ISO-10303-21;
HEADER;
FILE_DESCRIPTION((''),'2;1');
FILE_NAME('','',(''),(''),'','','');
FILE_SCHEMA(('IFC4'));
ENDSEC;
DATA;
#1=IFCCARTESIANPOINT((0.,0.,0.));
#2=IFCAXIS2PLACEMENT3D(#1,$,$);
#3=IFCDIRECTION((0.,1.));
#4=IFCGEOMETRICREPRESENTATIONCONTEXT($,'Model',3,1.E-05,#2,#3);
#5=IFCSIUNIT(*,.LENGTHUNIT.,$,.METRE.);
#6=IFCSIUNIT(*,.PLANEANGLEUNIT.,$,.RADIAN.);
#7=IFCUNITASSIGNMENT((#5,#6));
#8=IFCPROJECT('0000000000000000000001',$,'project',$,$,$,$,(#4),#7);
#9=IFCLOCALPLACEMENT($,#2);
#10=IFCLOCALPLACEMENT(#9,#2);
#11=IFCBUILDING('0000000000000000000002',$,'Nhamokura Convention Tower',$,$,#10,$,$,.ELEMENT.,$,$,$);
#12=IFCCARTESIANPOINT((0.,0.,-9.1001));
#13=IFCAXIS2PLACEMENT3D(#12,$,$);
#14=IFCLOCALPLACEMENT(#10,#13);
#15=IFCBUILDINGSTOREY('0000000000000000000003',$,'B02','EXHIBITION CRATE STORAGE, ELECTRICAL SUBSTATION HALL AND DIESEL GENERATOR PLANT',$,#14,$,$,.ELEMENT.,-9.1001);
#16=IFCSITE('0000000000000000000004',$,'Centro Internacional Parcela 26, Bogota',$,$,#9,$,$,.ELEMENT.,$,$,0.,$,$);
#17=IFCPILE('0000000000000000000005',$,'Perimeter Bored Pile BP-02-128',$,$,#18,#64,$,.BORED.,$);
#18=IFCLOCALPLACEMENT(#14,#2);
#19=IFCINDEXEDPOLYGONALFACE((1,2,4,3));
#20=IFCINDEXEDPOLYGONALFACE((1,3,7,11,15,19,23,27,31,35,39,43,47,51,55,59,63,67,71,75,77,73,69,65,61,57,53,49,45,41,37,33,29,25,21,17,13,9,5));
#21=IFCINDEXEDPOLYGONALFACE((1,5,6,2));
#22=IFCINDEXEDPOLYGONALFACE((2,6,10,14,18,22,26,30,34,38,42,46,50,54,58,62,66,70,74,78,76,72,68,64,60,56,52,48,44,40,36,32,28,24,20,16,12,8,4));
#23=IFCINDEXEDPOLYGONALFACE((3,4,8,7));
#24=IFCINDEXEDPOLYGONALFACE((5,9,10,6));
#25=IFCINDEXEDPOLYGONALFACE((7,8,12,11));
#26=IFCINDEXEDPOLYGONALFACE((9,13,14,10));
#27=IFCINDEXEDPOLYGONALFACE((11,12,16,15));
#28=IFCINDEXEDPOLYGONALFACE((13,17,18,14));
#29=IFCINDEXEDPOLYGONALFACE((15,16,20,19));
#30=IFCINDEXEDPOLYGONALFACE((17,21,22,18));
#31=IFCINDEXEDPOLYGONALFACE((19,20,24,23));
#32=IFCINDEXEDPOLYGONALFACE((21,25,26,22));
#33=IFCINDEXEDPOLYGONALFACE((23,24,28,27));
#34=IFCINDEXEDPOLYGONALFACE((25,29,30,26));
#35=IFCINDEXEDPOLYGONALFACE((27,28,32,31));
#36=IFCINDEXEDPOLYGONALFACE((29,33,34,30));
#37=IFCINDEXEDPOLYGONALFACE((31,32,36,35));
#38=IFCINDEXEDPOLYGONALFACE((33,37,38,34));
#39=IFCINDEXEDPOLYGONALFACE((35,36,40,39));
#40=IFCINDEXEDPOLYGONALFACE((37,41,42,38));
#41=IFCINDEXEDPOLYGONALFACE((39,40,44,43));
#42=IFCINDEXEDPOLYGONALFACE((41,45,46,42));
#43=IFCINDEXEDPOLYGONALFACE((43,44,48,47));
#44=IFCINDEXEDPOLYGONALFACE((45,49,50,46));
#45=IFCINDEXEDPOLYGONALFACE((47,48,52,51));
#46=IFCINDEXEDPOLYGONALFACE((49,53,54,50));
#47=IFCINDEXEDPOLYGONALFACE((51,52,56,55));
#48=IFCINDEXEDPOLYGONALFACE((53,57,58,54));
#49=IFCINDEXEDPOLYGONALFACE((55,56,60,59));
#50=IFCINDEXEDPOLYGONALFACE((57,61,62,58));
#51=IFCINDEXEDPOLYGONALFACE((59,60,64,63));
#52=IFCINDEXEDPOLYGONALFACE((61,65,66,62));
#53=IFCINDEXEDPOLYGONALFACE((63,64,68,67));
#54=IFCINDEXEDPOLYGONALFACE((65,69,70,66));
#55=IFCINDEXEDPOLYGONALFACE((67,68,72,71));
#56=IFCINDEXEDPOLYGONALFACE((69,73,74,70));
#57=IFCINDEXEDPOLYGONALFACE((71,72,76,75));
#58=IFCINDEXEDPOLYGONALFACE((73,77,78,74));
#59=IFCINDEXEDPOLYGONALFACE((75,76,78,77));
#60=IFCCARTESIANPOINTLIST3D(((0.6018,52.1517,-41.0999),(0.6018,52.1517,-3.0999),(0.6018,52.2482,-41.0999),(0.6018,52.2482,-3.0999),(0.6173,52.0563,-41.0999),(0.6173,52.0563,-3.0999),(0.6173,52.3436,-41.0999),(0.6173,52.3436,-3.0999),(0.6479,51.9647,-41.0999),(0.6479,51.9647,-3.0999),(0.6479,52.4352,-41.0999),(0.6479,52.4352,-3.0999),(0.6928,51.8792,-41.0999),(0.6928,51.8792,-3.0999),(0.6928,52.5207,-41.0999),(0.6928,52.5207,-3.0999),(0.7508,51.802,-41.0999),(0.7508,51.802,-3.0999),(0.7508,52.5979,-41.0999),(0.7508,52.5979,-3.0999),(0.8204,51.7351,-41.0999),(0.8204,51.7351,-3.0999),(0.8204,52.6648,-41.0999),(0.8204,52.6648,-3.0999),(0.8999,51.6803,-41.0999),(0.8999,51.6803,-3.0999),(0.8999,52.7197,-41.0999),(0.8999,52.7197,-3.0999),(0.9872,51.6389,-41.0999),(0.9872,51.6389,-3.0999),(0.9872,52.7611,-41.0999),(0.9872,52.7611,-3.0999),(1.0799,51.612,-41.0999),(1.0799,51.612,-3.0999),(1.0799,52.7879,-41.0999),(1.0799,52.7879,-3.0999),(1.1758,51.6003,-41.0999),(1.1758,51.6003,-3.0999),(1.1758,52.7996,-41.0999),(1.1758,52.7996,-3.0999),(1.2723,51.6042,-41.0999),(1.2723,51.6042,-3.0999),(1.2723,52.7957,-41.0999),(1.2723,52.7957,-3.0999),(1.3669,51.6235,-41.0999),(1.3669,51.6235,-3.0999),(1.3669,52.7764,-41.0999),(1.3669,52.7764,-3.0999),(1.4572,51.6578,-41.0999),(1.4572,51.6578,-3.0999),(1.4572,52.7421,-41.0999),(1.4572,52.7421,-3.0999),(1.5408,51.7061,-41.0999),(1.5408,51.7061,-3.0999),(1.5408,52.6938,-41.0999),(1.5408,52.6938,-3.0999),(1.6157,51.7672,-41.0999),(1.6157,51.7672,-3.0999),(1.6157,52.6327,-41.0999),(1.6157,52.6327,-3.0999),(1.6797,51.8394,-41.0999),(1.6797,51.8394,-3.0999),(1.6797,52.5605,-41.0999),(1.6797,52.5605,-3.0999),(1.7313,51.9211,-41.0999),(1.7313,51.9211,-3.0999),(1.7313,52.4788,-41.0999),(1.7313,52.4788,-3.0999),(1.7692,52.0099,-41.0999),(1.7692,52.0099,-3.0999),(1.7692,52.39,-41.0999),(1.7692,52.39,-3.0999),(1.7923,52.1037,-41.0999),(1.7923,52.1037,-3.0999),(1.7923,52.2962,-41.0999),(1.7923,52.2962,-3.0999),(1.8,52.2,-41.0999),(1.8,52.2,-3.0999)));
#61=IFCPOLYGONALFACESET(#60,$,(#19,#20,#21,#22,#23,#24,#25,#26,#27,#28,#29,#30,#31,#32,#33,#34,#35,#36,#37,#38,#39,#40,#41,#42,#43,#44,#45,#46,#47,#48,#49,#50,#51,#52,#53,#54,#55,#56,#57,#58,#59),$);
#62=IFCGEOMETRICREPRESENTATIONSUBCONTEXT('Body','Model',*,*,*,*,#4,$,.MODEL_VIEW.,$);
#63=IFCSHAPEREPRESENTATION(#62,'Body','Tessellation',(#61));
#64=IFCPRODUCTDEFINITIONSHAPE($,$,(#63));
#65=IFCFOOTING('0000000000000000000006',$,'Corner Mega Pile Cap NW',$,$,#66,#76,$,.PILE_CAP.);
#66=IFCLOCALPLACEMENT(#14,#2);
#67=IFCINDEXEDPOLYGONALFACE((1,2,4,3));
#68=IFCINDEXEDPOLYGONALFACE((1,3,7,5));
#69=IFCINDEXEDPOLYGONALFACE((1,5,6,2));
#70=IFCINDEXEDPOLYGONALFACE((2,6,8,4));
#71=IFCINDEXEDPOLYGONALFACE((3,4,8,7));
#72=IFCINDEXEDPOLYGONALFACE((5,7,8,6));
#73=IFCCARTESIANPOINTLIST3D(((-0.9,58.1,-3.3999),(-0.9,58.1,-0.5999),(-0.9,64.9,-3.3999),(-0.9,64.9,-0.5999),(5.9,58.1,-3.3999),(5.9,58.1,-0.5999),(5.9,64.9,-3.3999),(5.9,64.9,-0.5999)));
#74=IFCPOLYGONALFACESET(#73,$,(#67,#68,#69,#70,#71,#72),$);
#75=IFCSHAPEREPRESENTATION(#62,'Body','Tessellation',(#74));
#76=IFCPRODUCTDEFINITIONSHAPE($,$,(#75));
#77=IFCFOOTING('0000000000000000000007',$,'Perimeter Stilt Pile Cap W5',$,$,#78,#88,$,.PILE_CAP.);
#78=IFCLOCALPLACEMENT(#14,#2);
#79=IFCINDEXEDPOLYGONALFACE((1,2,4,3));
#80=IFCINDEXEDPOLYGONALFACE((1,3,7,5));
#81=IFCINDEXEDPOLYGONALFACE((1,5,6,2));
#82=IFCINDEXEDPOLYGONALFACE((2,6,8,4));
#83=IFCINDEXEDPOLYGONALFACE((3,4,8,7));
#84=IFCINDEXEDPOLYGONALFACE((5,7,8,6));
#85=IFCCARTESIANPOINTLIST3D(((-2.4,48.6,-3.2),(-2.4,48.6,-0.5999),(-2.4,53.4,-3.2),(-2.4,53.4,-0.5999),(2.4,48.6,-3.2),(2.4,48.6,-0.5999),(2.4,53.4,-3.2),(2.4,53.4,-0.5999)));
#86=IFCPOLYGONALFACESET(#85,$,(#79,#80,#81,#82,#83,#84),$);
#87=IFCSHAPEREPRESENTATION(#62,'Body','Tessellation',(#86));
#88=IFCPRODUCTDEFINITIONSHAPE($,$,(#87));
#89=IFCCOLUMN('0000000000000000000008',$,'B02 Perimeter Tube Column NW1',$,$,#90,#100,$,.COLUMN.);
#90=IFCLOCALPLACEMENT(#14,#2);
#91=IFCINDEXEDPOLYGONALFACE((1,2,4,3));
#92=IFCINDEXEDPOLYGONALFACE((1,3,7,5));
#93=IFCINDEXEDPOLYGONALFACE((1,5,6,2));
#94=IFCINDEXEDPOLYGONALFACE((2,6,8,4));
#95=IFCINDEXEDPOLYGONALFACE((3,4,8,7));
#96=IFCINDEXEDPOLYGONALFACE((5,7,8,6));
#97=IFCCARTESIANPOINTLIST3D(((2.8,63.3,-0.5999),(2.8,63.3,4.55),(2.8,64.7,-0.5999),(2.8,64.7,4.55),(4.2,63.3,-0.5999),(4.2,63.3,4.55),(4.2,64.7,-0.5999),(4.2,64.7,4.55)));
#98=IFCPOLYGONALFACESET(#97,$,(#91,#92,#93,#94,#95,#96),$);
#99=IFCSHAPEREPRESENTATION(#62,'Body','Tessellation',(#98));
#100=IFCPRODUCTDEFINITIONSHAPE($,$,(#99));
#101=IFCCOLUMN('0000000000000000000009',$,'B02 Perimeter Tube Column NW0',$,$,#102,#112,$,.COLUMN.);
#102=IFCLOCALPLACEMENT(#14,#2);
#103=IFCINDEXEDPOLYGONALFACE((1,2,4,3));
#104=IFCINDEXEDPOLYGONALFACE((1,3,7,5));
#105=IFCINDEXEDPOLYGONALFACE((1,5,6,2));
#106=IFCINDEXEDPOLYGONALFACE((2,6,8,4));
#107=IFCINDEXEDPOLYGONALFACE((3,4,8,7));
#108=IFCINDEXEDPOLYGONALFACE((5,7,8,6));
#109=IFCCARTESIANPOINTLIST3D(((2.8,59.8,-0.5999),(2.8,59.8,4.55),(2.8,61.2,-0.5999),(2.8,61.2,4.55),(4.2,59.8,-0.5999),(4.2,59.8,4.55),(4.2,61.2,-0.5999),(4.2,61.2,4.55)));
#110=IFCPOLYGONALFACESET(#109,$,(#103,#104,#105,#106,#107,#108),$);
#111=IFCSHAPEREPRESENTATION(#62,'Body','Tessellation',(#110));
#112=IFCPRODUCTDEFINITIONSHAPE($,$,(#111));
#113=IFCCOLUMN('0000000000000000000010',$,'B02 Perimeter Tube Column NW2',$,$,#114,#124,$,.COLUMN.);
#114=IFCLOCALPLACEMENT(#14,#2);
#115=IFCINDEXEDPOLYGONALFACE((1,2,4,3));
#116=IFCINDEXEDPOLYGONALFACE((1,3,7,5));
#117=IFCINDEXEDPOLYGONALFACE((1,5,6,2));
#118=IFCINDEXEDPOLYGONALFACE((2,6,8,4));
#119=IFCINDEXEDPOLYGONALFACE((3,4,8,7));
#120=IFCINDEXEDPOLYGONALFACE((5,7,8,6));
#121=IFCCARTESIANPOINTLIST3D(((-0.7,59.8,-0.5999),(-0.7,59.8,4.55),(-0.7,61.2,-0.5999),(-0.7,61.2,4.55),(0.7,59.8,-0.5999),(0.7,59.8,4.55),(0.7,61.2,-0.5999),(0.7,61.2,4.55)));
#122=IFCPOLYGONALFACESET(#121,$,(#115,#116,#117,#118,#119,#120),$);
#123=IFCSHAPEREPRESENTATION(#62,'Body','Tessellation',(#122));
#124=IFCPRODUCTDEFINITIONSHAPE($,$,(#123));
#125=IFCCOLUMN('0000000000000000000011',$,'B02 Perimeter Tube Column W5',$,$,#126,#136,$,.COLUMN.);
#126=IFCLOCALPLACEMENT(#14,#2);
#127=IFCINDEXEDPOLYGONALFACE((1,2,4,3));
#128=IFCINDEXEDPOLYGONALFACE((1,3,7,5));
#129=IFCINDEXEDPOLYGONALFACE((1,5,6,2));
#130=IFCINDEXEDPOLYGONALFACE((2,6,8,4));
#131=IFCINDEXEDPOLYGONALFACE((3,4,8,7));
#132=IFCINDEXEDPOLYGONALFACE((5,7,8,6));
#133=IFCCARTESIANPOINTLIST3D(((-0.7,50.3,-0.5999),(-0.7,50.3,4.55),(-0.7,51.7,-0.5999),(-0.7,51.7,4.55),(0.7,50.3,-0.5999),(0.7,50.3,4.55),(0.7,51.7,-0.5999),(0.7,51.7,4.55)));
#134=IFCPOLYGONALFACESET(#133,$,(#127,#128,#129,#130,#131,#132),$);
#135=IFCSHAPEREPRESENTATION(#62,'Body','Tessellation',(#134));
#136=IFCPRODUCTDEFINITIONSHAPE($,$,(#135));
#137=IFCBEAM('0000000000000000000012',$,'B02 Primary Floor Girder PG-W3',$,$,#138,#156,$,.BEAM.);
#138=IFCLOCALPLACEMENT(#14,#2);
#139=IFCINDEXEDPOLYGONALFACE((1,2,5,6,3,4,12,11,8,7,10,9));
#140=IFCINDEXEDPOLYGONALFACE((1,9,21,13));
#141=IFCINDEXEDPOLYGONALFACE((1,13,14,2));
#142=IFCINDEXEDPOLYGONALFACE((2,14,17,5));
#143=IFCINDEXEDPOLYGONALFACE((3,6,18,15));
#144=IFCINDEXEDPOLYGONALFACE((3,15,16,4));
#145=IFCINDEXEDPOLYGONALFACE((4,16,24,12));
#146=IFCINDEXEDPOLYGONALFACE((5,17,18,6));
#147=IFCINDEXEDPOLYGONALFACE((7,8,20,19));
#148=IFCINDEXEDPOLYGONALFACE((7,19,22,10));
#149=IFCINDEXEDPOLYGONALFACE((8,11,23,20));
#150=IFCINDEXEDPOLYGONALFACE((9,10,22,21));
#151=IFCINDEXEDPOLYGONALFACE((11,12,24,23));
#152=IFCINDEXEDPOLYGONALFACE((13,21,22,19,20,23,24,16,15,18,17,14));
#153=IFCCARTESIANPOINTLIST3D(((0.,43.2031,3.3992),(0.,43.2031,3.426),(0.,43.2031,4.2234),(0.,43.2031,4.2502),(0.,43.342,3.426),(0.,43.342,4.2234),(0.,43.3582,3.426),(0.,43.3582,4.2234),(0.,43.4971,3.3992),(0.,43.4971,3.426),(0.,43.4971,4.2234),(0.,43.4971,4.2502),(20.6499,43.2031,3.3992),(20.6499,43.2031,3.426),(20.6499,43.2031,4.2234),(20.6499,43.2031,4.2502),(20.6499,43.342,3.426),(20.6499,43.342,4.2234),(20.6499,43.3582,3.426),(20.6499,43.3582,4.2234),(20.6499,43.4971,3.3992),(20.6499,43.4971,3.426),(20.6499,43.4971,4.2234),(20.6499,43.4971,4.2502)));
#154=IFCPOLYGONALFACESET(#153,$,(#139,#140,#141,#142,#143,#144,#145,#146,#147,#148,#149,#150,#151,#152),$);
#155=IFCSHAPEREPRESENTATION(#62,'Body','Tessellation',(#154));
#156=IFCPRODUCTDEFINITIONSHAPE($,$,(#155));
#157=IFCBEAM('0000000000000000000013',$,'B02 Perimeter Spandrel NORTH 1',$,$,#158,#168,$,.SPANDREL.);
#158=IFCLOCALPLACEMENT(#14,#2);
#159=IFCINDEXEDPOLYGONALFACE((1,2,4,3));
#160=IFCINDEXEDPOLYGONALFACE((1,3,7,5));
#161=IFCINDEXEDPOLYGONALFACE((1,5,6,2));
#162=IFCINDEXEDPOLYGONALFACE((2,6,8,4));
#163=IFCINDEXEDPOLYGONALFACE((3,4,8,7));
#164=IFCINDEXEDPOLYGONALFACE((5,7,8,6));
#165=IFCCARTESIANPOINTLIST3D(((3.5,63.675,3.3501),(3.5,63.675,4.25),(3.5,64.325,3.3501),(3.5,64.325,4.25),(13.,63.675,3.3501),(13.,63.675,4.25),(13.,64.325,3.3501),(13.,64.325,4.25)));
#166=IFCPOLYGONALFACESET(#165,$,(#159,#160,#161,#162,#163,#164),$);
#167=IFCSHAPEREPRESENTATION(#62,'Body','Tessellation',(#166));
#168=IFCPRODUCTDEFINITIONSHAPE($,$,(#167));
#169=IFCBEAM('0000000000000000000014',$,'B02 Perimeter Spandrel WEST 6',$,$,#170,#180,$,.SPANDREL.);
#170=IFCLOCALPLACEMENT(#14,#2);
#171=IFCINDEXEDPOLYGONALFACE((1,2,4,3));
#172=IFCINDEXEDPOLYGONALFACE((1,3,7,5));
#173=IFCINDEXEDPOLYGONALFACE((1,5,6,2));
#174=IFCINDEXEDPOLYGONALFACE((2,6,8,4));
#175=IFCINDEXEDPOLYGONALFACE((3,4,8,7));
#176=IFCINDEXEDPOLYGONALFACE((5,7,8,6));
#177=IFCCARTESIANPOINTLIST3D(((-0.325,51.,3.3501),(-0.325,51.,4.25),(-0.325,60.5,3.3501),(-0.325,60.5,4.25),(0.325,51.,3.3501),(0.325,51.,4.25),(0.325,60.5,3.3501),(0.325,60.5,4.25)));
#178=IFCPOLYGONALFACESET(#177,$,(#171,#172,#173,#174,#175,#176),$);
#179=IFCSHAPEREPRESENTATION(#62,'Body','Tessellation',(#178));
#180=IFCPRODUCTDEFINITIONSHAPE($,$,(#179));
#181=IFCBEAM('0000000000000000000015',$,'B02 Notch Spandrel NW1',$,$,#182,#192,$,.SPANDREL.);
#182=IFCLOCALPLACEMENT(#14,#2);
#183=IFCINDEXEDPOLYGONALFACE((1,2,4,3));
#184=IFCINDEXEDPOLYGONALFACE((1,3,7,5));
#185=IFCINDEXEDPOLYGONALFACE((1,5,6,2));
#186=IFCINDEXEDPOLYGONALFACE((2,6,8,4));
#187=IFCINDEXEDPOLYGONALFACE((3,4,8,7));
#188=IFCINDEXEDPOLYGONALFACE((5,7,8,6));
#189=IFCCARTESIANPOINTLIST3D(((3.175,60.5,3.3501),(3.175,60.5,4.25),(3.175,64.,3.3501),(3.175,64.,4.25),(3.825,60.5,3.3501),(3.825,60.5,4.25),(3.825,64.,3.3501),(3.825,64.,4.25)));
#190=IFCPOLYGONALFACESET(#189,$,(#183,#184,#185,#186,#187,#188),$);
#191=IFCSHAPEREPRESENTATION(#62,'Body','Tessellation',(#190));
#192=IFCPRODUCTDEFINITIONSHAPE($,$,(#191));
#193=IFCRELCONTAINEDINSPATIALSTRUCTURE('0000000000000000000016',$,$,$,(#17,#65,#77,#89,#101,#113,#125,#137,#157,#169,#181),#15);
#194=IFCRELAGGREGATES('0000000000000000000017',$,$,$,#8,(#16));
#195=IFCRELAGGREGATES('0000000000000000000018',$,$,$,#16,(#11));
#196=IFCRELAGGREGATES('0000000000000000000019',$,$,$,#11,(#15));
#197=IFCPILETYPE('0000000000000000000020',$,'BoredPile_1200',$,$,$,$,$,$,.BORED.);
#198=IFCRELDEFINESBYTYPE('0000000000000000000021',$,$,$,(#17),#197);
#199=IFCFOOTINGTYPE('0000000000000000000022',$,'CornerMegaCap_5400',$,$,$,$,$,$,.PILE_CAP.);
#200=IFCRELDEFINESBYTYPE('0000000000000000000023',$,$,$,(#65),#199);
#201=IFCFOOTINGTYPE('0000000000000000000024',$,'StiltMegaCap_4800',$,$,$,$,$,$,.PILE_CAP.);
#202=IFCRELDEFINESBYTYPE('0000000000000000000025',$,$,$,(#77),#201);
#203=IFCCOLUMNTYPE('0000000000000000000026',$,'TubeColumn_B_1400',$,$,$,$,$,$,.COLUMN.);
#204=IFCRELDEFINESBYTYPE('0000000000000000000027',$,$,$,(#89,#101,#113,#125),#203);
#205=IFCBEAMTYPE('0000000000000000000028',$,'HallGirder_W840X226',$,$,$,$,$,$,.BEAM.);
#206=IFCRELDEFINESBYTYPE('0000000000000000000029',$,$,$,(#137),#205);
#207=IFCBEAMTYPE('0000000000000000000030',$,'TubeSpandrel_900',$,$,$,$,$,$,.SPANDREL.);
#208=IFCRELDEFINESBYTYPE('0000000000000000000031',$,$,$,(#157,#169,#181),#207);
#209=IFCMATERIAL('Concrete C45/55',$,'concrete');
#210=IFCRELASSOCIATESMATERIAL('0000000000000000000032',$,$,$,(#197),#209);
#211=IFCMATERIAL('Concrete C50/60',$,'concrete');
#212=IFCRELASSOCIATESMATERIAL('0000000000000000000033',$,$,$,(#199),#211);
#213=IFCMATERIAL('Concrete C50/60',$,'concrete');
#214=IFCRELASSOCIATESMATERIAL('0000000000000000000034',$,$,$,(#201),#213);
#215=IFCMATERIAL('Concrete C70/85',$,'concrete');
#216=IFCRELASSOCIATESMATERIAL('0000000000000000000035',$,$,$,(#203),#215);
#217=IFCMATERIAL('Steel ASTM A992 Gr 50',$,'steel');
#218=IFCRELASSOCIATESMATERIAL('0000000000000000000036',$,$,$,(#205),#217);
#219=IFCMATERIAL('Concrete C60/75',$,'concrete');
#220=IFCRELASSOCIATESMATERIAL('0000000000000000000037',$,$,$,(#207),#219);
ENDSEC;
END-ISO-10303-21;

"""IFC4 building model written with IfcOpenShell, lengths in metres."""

from ifc_helpers import new_model, si_unit, direction, frame, origin, origin_2d, place, context, subcontext, project, spatial, rectangle, circle, i_section, extrude, material, material_profile, profile_set, type_object, element, save


model = new_model("IFC4")

# Units and contexts
model_context = context("Model", 3, precision=1e-05, world=origin(), true_north=direction((0.0, 1.0)))
body_context = subcontext(model_context, "Body", "Model", "MODEL_VIEW")
ifc_project = project(units=[si_unit("LENGTHUNIT", "METRE"), si_unit("PLANEANGLEUNIT", "RADIAN")], contexts=[model_context])

# Site, building, storey
site_placement = place(None, origin())
site = spatial("IfcSite", under=ifc_project, at=site_placement, Name="Centro Internacional Parcela 26, Bogota", CompositionType="ELEMENT", RefElevation=0.0)
building_placement = place(site_placement, origin())
building = spatial("IfcBuilding", under=site, at=building_placement, Name="Nhamokura Convention Tower", CompositionType="ELEMENT")
storey_placement = place(building_placement, frame((0.0, 0.0, -9.1001)))
storey = spatial("IfcBuildingStorey", under=building, at=storey_placement, Name="B02", Description="EXHIBITION CRATE STORAGE, ELECTRICAL SUBSTATION HALL AND DIESEL GENERATOR PLANT", CompositionType="ELEMENT", Elevation=-9.1001)

# Pile
ifc_material_1 = material(Name="Concrete C45/55", Category="concrete")
ifc_material_profile_1 = material_profile(ifc_material_1, circle(Radius=0.6001, at=origin_2d()))
ifc_profile_set_1 = profile_set([ifc_material_profile_1], Name="Concrete C45/55")
pile_type = type_object("IfcPileType", Name="BoredPile_1200", PredefinedType="BORED", material=ifc_profile_set_1)
for number, where, z_axis, x_axis, name in (
    (1, (1.2, 52.2, -3.0999), (0.0, 0.0, -1.0), (1.0, 0.0, 0.0), "Perimeter Bored Pile BP-02-128"),
):
    element("IfcPile", number, at=place(storey_placement, frame(where, z_axis=z_axis, x_axis=x_axis)), inside=storey, type_object=pile_type, Name=name, PredefinedType="BORED", context=body_context, shape_type="SweptSolid", body=[
        extrude(circle(Radius=0.6001, at=origin_2d()), origin(), (0.0, 0.0, 1.0), 38.0),
    ])

# Footings
ifc_material_2 = material(Name="Concrete C50/60", Category="concrete")
footing_type_1 = type_object("IfcFootingType", Name="CornerMegaCap_5400", PredefinedType="PILE_CAP", material=ifc_material_2)
footing_1_placement = place(storey_placement, frame((2.5, 61.5, -3.3999), z_axis=(0.0, 0.0, 1.0), x_axis=(1.0, 0.0, 0.0)))
element("IfcFooting", 2, at=footing_1_placement, inside=storey, type_object=footing_type_1, Name="Corner Mega Pile Cap NW", PredefinedType="PILE_CAP", context=body_context, shape_type="SweptSolid", body=[
    extrude(rectangle(XDim=6.8, YDim=6.8, at=origin_2d()), origin(), (0.0, 0.0, 1.0), 2.8),
])
ifc_material_3 = material(Name="Concrete C50/60", Category="concrete")
footing_type_2 = type_object("IfcFootingType", Name="StiltMegaCap_4800", PredefinedType="PILE_CAP", material=ifc_material_3)
footing_2_placement = place(storey_placement, frame((0.0, 51.0, -3.2), z_axis=(0.0, 0.0, 1.0), x_axis=(1.0, 0.0, 0.0)))
element("IfcFooting", 3, at=footing_2_placement, inside=storey, type_object=footing_type_2, Name="Perimeter Stilt Pile Cap W5", PredefinedType="PILE_CAP", context=body_context, shape_type="SweptSolid", body=[
    extrude(rectangle(XDim=4.8, YDim=4.8, at=origin_2d()), origin(), (0.0, 0.0, 1.0), 2.6001),
])

# Columns
ifc_material_4 = material(Name="Concrete C70/85", Category="concrete")
ifc_material_profile_2 = material_profile(ifc_material_4, rectangle(XDim=1.3999, YDim=1.3999, at=origin_2d()))
ifc_profile_set_2 = profile_set([ifc_material_profile_2], Name="Concrete C70/85")
column_type = type_object("IfcColumnType", Name="TubeColumn_B_1400", PredefinedType="COLUMN", material=ifc_profile_set_2)
for number, where, z_axis, x_axis, name in (
    (4, (3.5, 64.0, -0.5999), (0.0, 0.0, 1.0), (1.0, 0.0, 0.0), "B02 Perimeter Tube Column NW1"),
    (5, (3.5, 60.5, -0.5999), (0.0, 0.0, 1.0), (1.0, 0.0, 0.0), "B02 Perimeter Tube Column NW0"),
    (6, (0.0, 60.5, -0.5999), (0.0, 0.0, 1.0), (1.0, 0.0, 0.0), "B02 Perimeter Tube Column NW2"),
    (7, (0.0, 51.0, -0.5999), (0.0, 0.0, 1.0), (1.0, 0.0, 0.0), "B02 Perimeter Tube Column W5"),
):
    element("IfcColumn", number, at=place(storey_placement, frame(where, z_axis=z_axis, x_axis=x_axis)), inside=storey, type_object=column_type, Name=name, PredefinedType="COLUMN", context=body_context, shape_type="SweptSolid", body=[
        extrude(rectangle(XDim=1.3999, YDim=1.3999, at=origin_2d()), origin(), (0.0, 0.0, 1.0), 5.1499),
    ])

# Beams
ifc_material_5 = material(Name="Steel ASTM A992 Gr 50", Category="steel")
ifc_material_profile_3 = material_profile(ifc_material_5, i_section(OverallWidth=0.2939, OverallDepth=0.8511, WebThickness=0.0161, FlangeThickness=0.0269, at=origin_2d()))
ifc_profile_set_3 = profile_set([ifc_material_profile_3], Name="Steel ASTM A992 Gr 50")
beam_type_1 = type_object("IfcBeamType", Name="HallGirder_W840X226", PredefinedType="BEAM", material=ifc_profile_set_3)
beam_placement = place(storey_placement, frame((0.0, 43.3501, 3.8247), z_axis=(1.0, 0.0, 0.0), x_axis=(0.0, 1.0, 0.0)))
element("IfcBeam", 8, at=beam_placement, inside=storey, type_object=beam_type_1, Name="B02 Primary Floor Girder PG-W3", PredefinedType="BEAM", context=body_context, shape_type="SweptSolid", body=[
    extrude(i_section(OverallWidth=0.2939, OverallDepth=0.8511, WebThickness=0.0161, FlangeThickness=0.0269, at=origin_2d()), origin(), (0.0, 0.0, 1.0), 20.6499),
])
ifc_material_6 = material(Name="Concrete C60/75", Category="concrete")
ifc_material_profile_4 = material_profile(ifc_material_6, rectangle(XDim=0.6499, YDim=0.8999, at=origin_2d()))
ifc_profile_set_4 = profile_set([ifc_material_profile_4], Name="Concrete C60/75")
beam_type_2 = type_object("IfcBeamType", Name="TubeSpandrel_900", PredefinedType="SPANDREL", material=ifc_profile_set_4)
for number, where, z_axis, x_axis, name in (
    (9, (3.5, 64.0, 3.8), (1.0, 0.0, 0.0), (0.0, 1.0, 0.0), "B02 Perimeter Spandrel NORTH 1"),
    (10, (0.0, 51.0, 3.8), (0.0, 1.0, 0.0), (-1.0, 0.0, 0.0), "B02 Perimeter Spandrel WEST 6"),
):
    element("IfcBeam", number, at=place(storey_placement, frame(where, z_axis=z_axis, x_axis=x_axis)), inside=storey, type_object=beam_type_2, Name=name, PredefinedType="SPANDREL", context=body_context, shape_type="SweptSolid", body=[
        extrude(rectangle(XDim=0.6499, YDim=0.8999, at=origin_2d()), origin(), (0.0, 0.0, 1.0), 9.5),
    ])
for number, where, z_axis, x_axis, name in (
    (11, (3.5, 64.0, 3.8), (0.0, -1.0, 0.0), (1.0, 0.0, 0.0), "B02 Notch Spandrel NW1"),
):
    element("IfcBeam", number, at=place(storey_placement, frame(where, z_axis=z_axis, x_axis=x_axis)), inside=storey, type_object=beam_type_2, Name=name, PredefinedType="SPANDREL", context=body_context, shape_type="SweptSolid", body=[
        extrude(rectangle(XDim=0.6499, YDim=0.8999, at=origin_2d()), origin(), (0.0, 0.0, 1.0), 3.5),
    ])

save(model, "model.ifc")
